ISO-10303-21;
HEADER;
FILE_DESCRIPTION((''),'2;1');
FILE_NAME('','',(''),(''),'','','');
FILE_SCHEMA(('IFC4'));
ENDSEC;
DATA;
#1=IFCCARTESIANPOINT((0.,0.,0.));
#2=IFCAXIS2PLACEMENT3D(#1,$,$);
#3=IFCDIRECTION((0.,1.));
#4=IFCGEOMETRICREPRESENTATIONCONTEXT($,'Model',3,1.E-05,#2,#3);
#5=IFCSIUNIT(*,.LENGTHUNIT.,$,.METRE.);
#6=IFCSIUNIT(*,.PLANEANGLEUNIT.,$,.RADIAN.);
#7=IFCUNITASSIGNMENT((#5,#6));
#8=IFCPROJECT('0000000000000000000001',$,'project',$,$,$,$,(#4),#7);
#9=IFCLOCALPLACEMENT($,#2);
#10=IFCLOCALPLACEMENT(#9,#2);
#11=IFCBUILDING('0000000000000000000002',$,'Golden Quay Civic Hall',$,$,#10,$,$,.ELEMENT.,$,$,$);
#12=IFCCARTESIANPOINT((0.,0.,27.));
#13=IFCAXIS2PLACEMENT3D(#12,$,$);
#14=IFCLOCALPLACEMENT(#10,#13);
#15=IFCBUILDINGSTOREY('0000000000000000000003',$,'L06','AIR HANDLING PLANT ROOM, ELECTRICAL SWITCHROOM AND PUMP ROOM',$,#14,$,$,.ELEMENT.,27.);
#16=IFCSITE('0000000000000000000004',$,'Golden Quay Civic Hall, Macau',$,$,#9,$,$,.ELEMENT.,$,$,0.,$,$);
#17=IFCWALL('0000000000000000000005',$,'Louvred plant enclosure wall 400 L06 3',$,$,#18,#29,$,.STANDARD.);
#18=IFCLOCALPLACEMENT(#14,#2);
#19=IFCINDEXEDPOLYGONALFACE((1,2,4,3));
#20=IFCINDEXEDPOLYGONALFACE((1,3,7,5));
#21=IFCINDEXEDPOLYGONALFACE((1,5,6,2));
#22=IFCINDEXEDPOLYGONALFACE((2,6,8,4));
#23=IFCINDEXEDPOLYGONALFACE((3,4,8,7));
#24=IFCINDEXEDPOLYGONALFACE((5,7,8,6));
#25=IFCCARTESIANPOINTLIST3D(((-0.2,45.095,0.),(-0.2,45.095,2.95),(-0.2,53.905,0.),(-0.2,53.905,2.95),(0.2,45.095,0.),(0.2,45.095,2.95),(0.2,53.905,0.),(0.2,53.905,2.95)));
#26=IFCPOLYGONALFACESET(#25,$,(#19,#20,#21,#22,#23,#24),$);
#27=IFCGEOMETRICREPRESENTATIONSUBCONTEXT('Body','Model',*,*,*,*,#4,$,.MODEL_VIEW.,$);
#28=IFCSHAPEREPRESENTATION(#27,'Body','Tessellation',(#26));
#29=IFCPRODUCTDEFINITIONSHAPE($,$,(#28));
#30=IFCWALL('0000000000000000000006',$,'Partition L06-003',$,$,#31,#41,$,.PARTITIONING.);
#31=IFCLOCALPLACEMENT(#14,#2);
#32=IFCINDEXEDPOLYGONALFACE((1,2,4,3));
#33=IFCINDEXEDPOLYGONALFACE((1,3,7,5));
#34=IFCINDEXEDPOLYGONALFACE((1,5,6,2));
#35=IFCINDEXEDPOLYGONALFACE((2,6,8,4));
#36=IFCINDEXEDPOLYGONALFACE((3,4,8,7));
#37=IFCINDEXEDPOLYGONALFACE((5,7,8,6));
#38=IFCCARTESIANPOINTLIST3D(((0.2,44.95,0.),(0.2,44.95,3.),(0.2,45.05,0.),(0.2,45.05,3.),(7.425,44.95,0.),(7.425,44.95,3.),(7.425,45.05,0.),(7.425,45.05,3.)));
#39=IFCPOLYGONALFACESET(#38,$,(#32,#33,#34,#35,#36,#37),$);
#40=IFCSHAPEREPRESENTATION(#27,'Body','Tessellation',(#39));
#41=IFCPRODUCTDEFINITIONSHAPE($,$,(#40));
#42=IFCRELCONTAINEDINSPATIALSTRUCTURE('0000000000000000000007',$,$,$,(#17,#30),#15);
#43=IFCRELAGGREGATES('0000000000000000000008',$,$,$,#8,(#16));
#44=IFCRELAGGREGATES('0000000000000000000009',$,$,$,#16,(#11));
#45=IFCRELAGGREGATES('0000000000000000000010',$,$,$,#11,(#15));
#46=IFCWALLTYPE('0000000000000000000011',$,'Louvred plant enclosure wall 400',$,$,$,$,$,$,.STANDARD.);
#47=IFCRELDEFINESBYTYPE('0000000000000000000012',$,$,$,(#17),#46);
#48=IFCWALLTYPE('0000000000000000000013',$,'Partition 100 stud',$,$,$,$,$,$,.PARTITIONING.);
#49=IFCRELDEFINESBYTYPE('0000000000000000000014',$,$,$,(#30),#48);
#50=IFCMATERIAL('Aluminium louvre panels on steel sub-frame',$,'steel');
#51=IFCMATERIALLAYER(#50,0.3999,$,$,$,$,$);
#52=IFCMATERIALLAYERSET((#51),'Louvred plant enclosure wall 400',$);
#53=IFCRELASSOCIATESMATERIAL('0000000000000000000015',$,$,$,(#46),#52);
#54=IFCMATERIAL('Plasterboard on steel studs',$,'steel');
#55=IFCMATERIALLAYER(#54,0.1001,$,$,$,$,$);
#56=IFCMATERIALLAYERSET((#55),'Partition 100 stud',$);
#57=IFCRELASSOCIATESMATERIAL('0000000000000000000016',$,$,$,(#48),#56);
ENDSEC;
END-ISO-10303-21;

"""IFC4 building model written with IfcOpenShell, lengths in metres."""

from ifc_helpers import new_model, si_unit, direction, frame, frame_2d, origin, place, context, subcontext, project, spatial, rectangle, extrude, material, layer, layer_set, type_object, element, save


model = new_model("IFC4")

# Units and contexts
model_context = context("Model", 3, precision=1e-05, world=origin(), true_north=direction((0.0, 1.0)))
body_context = subcontext(model_context, "Body", "Model", "MODEL_VIEW")
ifc_project = project(units=[si_unit("LENGTHUNIT", "METRE"), si_unit("PLANEANGLEUNIT", "RADIAN")], contexts=[model_context])

# Site, building, storey
site_placement = place(None, origin())
site = spatial("IfcSite", under=ifc_project, at=site_placement, Name="Golden Quay Civic Hall, Macau", CompositionType="ELEMENT", RefElevation=0.0)
building_placement = place(site_placement, origin())
building = spatial("IfcBuilding", under=site, at=building_placement, Name="Golden Quay Civic Hall", CompositionType="ELEMENT")
storey_placement = place(building_placement, frame((0.0, 0.0, 27.0)))
storey = spatial("IfcBuildingStorey", under=building, at=storey_placement, Name="L06", Description="AIR HANDLING PLANT ROOM, ELECTRICAL SWITCHROOM AND PUMP ROOM", CompositionType="ELEMENT", Elevation=27.0)

# Walls
ifc_material_1 = material(Name="Aluminium louvre panels on steel sub-frame", Category="steel")
ifc_layer_1 = layer(ifc_material_1, 0.3999)
ifc_layer_set_1 = layer_set([ifc_layer_1], Name="Louvred plant enclosure wall 400")
wall_type_1 = type_object("IfcWallType", Name="Louvred plant enclosure wall 400", PredefinedType="STANDARD", material=ifc_layer_set_1)
wall_1_placement = place(storey_placement, frame((0.0, 45.095, 0.0), z_axis=(0.0, 0.0, 1.0), x_axis=(0.0, 1.0, 0.0)))
element("IfcWall", 1, at=wall_1_placement, inside=storey, type_object=wall_type_1, Name="Louvred plant enclosure wall 400 L06 3", PredefinedType="STANDARD", context=body_context, shape_type="SweptSolid", body=[
    extrude(rectangle(XDim=8.8101, YDim=0.3999, at=frame_2d((4.405, 0.0))), origin(), (0.0, 0.0, 1.0), 2.95),
])
ifc_material_2 = material(Name="Plasterboard on steel studs", Category="steel")
ifc_layer_2 = layer(ifc_material_2, 0.1001)
ifc_layer_set_2 = layer_set([ifc_layer_2], Name="Partition 100 stud")
wall_type_2 = type_object("IfcWallType", Name="Partition 100 stud", PredefinedType="PARTITIONING", material=ifc_layer_set_2)
wall_2_placement = place(storey_placement, frame((0.2, 45.0, 0.0), z_axis=(0.0, 0.0, 1.0), x_axis=(1.0, 0.0, 0.0)))
element("IfcWall", 2, at=wall_2_placement, inside=storey, type_object=wall_type_2, Name="Partition L06-003", PredefinedType="PARTITIONING", context=body_context, shape_type="SweptSolid", body=[
    extrude(rectangle(XDim=7.2251, YDim=0.1001, at=frame_2d((3.6125, 0.0))), origin(), (0.0, 0.0, 1.0), 3.0),
])

save(model, "model.ifc")
